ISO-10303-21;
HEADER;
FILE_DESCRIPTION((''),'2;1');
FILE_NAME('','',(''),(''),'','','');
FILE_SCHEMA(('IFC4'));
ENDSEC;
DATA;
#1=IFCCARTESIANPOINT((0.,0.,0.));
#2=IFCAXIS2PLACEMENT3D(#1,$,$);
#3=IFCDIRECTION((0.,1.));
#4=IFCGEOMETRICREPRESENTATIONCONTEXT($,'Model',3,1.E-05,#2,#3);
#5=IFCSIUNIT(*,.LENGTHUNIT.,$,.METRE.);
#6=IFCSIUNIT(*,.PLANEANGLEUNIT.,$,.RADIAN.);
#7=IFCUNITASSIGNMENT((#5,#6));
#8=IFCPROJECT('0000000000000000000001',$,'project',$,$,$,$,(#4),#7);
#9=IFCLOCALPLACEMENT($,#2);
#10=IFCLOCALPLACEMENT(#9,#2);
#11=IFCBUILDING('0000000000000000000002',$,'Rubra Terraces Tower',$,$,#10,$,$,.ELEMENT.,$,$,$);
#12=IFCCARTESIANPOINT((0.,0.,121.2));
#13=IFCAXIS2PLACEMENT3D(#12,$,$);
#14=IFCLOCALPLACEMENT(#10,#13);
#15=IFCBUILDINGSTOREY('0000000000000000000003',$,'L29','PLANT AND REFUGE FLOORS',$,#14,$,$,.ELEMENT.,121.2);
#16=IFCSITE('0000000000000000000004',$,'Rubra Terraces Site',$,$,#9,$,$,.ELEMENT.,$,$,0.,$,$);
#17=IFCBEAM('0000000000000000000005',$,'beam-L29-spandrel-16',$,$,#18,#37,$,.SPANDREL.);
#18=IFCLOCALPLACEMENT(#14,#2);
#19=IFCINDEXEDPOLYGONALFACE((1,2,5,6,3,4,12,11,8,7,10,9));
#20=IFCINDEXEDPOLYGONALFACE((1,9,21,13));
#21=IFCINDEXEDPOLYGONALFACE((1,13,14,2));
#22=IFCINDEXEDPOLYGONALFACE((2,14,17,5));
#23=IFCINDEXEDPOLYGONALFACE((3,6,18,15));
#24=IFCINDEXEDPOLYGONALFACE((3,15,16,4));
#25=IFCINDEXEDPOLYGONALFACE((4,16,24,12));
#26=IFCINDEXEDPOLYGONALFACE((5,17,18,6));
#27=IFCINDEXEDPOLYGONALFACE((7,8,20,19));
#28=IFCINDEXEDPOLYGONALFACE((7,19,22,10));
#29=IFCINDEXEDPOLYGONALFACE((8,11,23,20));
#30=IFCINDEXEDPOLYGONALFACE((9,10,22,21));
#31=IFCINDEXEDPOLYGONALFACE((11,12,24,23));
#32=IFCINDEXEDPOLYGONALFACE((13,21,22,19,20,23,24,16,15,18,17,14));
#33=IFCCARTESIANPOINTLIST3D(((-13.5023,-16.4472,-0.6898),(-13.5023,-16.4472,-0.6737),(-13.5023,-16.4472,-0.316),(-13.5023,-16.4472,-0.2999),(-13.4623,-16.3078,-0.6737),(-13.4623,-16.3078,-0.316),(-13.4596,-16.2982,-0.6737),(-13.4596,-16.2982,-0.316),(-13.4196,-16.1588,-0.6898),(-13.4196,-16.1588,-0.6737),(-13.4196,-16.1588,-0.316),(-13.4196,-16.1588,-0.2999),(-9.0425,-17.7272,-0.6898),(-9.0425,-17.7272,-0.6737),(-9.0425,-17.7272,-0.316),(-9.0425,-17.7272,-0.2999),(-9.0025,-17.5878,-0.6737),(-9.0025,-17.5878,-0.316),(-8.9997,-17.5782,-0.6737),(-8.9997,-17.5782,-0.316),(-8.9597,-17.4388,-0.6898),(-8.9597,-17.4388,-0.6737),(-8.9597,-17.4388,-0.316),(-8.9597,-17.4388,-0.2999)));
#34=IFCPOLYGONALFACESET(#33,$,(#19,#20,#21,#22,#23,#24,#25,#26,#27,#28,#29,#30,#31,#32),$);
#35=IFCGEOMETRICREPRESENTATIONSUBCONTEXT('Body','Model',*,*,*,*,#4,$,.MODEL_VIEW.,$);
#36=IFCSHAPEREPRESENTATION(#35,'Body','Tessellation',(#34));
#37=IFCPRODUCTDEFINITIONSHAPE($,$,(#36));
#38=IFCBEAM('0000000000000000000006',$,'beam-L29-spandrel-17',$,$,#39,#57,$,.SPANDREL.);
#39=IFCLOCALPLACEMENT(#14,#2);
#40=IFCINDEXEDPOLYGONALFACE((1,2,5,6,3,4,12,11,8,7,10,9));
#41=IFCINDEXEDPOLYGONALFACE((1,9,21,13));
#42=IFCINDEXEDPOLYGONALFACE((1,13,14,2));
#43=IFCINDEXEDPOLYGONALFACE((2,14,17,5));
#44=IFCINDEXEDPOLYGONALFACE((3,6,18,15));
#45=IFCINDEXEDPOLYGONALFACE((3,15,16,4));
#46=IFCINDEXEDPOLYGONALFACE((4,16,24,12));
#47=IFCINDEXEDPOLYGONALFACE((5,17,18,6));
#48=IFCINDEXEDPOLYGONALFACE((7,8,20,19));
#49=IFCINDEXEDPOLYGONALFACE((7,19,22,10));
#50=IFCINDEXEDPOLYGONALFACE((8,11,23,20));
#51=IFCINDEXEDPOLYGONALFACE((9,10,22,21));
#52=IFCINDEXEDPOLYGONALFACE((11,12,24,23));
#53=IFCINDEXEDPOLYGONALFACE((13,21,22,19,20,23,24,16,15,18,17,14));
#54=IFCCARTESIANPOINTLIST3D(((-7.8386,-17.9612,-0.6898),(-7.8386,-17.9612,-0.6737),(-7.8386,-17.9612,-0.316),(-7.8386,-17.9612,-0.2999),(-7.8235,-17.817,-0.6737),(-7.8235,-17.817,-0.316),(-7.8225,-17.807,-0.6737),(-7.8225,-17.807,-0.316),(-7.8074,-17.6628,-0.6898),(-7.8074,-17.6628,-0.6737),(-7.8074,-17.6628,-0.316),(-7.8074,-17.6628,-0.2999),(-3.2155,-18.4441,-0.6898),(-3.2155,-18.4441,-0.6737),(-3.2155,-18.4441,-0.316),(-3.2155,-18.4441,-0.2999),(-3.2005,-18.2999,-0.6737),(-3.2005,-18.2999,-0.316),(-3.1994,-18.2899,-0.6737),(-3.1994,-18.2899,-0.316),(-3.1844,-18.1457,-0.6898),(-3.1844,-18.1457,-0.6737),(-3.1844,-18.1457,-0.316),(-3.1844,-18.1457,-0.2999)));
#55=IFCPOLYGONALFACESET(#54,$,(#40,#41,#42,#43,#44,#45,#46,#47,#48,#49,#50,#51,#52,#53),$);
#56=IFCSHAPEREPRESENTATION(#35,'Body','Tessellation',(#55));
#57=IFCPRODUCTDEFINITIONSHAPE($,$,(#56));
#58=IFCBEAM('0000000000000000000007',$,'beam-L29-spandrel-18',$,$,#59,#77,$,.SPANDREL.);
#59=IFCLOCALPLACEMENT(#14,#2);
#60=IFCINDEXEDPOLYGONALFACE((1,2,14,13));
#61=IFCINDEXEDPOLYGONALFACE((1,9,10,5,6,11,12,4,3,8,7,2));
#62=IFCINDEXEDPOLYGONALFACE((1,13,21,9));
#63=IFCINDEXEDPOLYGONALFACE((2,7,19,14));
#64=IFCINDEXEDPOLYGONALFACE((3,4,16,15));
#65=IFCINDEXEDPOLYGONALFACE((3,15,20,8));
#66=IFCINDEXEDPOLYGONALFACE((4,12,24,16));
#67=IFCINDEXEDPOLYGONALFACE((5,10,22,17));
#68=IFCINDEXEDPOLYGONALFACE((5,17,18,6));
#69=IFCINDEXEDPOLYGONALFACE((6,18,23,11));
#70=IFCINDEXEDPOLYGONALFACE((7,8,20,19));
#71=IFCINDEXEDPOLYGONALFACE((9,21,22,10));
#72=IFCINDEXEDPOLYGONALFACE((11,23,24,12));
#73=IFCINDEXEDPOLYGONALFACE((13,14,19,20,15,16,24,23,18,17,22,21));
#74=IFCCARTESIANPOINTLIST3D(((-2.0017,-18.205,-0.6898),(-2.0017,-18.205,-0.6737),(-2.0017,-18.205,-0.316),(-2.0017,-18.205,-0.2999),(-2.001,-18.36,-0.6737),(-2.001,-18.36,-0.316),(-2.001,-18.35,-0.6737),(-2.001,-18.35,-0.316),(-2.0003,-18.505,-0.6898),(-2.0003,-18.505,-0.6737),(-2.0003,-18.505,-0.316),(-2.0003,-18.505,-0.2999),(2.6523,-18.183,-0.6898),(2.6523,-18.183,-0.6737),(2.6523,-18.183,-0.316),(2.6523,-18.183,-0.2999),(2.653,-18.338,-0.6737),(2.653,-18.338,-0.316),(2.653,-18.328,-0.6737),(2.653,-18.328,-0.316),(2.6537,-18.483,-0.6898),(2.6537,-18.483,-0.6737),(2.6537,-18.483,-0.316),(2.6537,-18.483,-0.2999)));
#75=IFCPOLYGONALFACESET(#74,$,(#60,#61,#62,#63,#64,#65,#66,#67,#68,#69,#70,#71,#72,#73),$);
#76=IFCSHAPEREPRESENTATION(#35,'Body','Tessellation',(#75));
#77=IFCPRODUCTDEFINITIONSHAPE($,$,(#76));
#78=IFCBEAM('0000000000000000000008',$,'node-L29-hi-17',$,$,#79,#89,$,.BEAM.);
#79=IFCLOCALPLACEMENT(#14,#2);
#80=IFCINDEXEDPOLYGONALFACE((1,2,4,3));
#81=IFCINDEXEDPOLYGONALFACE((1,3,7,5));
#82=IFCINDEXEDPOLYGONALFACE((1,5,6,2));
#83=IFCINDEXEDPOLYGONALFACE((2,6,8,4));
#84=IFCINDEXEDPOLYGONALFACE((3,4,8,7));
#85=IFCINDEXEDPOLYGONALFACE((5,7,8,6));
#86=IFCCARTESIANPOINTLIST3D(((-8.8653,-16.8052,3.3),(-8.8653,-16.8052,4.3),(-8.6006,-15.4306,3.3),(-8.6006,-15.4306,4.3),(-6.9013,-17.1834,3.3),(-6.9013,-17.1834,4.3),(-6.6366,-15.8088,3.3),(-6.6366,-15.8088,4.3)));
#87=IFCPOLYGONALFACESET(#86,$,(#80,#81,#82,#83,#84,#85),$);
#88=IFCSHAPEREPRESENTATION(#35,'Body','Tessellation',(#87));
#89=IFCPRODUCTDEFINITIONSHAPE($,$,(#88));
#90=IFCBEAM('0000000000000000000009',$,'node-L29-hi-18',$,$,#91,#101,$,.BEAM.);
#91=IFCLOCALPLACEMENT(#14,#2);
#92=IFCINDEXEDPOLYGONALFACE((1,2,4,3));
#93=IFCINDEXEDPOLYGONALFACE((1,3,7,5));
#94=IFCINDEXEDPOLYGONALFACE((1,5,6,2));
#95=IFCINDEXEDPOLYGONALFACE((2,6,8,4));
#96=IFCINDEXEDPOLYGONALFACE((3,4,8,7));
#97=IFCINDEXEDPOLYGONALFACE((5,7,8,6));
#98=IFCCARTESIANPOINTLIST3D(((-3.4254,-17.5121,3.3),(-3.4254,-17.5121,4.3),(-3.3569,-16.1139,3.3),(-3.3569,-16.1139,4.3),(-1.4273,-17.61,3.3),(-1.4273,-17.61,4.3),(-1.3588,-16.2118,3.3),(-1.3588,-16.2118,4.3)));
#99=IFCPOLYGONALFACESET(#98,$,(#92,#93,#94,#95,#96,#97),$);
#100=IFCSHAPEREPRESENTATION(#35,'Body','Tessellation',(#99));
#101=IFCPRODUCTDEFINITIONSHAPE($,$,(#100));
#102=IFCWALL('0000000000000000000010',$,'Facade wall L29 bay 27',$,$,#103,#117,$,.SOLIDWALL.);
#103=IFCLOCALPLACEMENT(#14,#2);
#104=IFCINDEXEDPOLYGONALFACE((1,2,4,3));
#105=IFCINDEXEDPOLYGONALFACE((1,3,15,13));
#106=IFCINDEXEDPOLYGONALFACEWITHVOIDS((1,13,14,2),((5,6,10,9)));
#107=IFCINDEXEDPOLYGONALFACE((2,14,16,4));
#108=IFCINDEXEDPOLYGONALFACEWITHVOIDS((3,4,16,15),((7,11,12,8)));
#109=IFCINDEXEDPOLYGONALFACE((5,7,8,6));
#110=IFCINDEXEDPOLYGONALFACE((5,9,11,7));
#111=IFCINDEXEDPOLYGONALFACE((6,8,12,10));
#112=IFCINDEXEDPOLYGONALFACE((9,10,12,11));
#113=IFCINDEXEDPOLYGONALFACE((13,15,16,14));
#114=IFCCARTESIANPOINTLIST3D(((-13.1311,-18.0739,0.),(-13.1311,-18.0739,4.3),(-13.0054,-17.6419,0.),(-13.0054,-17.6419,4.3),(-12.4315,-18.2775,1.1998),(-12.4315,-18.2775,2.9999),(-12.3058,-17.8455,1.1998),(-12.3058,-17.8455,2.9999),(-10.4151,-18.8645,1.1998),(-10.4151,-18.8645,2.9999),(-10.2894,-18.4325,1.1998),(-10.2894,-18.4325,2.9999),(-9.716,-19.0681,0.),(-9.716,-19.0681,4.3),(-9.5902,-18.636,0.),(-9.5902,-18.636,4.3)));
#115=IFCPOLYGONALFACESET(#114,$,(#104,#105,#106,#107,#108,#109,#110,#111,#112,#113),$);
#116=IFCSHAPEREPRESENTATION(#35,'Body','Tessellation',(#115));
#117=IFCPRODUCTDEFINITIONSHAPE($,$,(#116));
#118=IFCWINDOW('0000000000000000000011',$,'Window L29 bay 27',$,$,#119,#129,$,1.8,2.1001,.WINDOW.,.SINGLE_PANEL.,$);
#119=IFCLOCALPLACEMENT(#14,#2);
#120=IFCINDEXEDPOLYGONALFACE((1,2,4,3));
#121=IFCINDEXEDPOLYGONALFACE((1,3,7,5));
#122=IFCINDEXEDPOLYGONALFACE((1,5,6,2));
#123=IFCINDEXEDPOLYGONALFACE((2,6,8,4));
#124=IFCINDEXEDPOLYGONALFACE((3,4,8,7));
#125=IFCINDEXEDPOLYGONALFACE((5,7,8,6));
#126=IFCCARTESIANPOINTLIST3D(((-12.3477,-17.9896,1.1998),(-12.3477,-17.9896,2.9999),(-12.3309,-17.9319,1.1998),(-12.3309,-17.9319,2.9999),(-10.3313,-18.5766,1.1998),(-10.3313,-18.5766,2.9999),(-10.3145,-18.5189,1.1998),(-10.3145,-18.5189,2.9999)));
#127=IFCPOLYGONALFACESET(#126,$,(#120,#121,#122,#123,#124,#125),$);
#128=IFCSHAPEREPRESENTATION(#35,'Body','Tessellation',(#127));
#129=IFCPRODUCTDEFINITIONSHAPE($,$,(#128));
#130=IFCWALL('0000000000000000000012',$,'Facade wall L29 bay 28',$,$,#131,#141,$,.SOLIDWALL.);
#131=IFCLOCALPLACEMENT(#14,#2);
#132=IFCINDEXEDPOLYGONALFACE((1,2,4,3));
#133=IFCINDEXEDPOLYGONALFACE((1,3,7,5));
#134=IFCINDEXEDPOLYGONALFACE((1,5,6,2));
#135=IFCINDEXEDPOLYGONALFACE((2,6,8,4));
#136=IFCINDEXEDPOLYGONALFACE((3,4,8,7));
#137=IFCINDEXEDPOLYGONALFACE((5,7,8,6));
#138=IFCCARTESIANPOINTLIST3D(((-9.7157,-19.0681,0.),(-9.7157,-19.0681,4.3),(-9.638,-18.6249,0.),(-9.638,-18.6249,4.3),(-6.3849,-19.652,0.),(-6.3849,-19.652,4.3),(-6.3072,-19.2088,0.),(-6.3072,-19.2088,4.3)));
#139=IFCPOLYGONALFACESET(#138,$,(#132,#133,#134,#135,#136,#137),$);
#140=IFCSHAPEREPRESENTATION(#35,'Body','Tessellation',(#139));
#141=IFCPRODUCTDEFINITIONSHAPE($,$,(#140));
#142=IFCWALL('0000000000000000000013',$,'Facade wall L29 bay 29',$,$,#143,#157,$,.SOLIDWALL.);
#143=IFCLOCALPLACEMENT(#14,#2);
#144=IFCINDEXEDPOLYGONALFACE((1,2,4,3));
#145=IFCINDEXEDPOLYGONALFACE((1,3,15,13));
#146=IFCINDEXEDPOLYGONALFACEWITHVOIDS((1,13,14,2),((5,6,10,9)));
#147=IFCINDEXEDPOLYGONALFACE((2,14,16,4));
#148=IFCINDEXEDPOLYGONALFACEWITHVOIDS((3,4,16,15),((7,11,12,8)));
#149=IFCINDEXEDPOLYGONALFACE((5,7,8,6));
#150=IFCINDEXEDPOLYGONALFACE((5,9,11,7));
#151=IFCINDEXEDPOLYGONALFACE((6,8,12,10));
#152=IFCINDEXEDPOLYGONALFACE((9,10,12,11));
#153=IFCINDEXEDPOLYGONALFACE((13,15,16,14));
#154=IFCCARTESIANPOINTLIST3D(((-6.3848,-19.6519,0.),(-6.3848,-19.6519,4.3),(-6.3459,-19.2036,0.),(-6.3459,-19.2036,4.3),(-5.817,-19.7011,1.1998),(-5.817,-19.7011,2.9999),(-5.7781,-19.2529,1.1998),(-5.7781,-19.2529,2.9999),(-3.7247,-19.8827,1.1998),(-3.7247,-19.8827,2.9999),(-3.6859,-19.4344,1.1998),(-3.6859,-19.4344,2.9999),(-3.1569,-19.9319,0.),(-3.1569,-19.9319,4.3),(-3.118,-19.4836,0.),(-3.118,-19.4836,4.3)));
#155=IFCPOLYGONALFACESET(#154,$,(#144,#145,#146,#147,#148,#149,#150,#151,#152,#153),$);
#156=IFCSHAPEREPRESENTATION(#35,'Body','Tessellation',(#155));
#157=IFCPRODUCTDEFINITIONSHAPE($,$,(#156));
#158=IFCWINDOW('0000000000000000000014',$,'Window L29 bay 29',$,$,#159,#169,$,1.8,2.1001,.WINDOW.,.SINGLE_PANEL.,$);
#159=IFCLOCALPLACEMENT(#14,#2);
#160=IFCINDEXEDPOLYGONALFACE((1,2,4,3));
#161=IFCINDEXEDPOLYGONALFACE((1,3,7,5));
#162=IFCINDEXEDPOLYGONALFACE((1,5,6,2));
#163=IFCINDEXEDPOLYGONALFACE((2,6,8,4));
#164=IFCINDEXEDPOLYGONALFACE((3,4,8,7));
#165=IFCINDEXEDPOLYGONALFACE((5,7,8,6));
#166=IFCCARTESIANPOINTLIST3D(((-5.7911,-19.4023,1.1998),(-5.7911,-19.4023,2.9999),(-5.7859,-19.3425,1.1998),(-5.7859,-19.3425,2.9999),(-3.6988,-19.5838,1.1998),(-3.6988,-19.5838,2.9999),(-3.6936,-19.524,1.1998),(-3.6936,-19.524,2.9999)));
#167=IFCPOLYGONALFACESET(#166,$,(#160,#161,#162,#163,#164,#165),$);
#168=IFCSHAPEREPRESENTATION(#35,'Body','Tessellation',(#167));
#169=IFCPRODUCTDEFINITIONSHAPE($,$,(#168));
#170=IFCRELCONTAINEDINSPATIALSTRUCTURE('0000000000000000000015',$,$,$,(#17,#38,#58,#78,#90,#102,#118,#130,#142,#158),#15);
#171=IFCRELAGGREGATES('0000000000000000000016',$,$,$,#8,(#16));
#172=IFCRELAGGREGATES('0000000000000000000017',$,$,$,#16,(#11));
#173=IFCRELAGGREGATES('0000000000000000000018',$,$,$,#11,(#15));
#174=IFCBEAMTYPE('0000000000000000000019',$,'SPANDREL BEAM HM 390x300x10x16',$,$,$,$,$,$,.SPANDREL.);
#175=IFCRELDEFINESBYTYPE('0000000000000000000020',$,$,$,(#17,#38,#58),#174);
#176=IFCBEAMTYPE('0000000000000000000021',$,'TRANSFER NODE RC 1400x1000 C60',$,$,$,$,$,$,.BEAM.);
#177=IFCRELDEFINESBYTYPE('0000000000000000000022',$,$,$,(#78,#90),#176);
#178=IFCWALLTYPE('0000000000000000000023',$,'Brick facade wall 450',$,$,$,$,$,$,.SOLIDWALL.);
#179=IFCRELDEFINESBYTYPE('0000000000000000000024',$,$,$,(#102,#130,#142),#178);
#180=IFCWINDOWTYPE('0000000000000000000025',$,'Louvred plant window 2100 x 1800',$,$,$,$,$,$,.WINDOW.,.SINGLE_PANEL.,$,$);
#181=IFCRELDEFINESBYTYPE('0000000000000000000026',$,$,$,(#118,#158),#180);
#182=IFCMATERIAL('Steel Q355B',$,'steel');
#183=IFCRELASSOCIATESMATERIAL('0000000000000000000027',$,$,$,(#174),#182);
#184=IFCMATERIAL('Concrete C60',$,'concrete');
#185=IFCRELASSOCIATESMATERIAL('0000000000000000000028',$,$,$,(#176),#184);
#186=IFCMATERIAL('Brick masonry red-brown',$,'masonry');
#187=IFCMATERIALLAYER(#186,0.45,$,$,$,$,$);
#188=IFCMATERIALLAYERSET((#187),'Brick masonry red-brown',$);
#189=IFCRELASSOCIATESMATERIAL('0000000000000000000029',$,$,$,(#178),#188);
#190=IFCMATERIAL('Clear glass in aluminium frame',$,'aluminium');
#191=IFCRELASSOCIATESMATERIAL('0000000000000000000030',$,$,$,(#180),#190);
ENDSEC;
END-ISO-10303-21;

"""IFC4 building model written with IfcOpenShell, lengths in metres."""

from ifc_helpers import new_model, si_unit, direction, frame, frame_2d, origin, origin_2d, place, context, subcontext, project, spatial, rectangle, i_section, extrude, material, layer, layer_set, material_profile, profile_set, type_object, element, fill, save


model = new_model("IFC4")

# Units and contexts
model_context = context("Model", 3, precision=1e-05, world=origin(), true_north=direction((0.0, 1.0)))
body_context = subcontext(model_context, "Body", "Model", "MODEL_VIEW")
ifc_project = project(units=[si_unit("LENGTHUNIT", "METRE"), si_unit("PLANEANGLEUNIT", "RADIAN")], contexts=[model_context])

# Site, building, storey
site_placement = place(None, origin())
site = spatial("IfcSite", under=ifc_project, at=site_placement, Name="Rubra Terraces Site", CompositionType="ELEMENT", RefElevation=0.0)
building_placement = place(site_placement, origin())
building = spatial("IfcBuilding", under=site, at=building_placement, Name="Rubra Terraces Tower", CompositionType="ELEMENT")
storey_placement = place(building_placement, frame((0.0, 0.0, 121.2)))
storey = spatial("IfcBuildingStorey", under=building, at=storey_placement, Name="L29", Description="PLANT AND REFUGE FLOORS", CompositionType="ELEMENT", Elevation=121.2)

# Shared definitions
ifc_material_1 = material(Name="Concrete C60", Category="concrete")

# Shared definitions
ifc_material_2 = material(Name="Steel Q355B", Category="steel")

# Beams
ifc_material_profile_1 = material_profile(ifc_material_2, i_section(OverallWidth=0.3, OverallDepth=0.3899, WebThickness=0.01, FlangeThickness=0.0161, at=origin_2d()), Name="HM 390x300x10x16")
ifc_profile_set_1 = profile_set([ifc_material_profile_1], Name="Steel Q355B")
beam_type_1 = type_object("IfcBeamType", Name="SPANDREL BEAM HM 390x300x10x16", PredefinedType="SPANDREL", material=ifc_profile_set_1)
beam_1_placement = place(storey_placement, frame((-13.4609, -16.303, -0.4949), z_axis=(0.961196, -0.275868, 0.0), x_axis=(0.275868, 0.961196, 0.0)))
element("IfcBeam", 1, at=beam_1_placement, inside=storey, type_object=beam_type_1, Name="beam-L29-spandrel-16", PredefinedType="SPANDREL", context=body_context, shape_type="SweptSolid", body=[
    extrude(i_section(OverallWidth=0.3, OverallDepth=0.3899, WebThickness=0.01, FlangeThickness=0.0161, at=origin_2d()), origin(), (0.0, 0.0, 1.0), 4.6399),
])
beam_2_placement = place(storey_placement, frame((-7.823, -17.812, -0.4949), z_axis=(0.994589, -0.103892, 0.0), x_axis=(0.103892, 0.994589, 0.0)))
element("IfcBeam", 2, at=beam_2_placement, inside=storey, type_object=beam_type_1, Name="beam-L29-spandrel-17", PredefinedType="SPANDREL", context=body_context, shape_type="SweptSolid", body=[
    extrude(i_section(OverallWidth=0.3, OverallDepth=0.3899, WebThickness=0.01, FlangeThickness=0.0161, at=origin_2d()), origin(), (0.0, 0.0, 1.0), 4.6482),
])
beam_3_placement = place(storey_placement, frame((-2.001, -18.355, -0.4949), z_axis=(0.999989, 0.004721, 0.0), x_axis=(-0.004721, 0.999989, 0.0)))
element("IfcBeam", 3, at=beam_3_placement, inside=storey, type_object=beam_type_1, Name="beam-L29-spandrel-18", PredefinedType="SPANDREL", context=body_context, shape_type="SweptSolid", body=[
    extrude(i_section(OverallWidth=0.3, OverallDepth=0.3899, WebThickness=0.01, FlangeThickness=0.0161, at=origin_2d()), origin(), (0.0, 0.0, 1.0), 4.6541),
])
ifc_material_profile_2 = material_profile(ifc_material_1, rectangle(XDim=1.3999, YDim=1.0, at=origin_2d()), Name="RC 1400x1000")
ifc_profile_set_2 = profile_set([ifc_material_profile_2], Name="Concrete C60")
beam_type_2 = type_object("IfcBeamType", Name="TRANSFER NODE RC 1400x1000 C60", PredefinedType="BEAM", material=ifc_profile_set_2)
beam_4_placement = place(storey_placement, frame((-8.7329, -16.1179, 3.8), z_axis=(0.981959, -0.189092, 0.0), x_axis=(0.189092, 0.981959, 0.0)))
element("IfcBeam", 4, at=beam_4_placement, inside=storey, type_object=beam_type_2, Name="node-L29-hi-17", PredefinedType="BEAM", context=body_context, shape_type="SweptSolid", body=[
    extrude(rectangle(XDim=1.3999, YDim=1.0, at=origin_2d()), origin(), (0.0, 0.0, 1.0), 2.0),
])
beam_5_placement = place(storey_placement, frame((-3.3911, -16.813, 3.8), z_axis=(0.998802, -0.048939, 0.0), x_axis=(0.048939, 0.998802, 0.0)))
element("IfcBeam", 5, at=beam_5_placement, inside=storey, type_object=beam_type_2, Name="node-L29-hi-18", PredefinedType="BEAM", context=body_context, shape_type="SweptSolid", body=[
    extrude(rectangle(XDim=1.3999, YDim=1.0, at=origin_2d()), origin(), (0.0, 0.0, 1.0), 2.0005),
])

# Wall, opening, window
ifc_material_3 = material(Name="Brick masonry red-brown", Category="masonry")
ifc_layer_1 = layer(ifc_material_3, 0.45)
ifc_layer_set_1 = layer_set([ifc_layer_1], Name="Brick masonry red-brown")
wall_type_1 = type_object("IfcWallType", Name="Brick facade wall 450", PredefinedType="SOLIDWALL", material=ifc_layer_set_1)
wall_1_placement = place(storey_placement, frame((-13.0681, -17.8579, 0.0), z_axis=(0.0, 0.0, 1.0), x_axis=(0.960144, -0.279504, 0.0)))
wall_1 = element("IfcWall", 6, at=wall_1_placement, inside=storey, type_object=wall_type_1, Name="Facade wall L29 bay 27", PredefinedType="SOLIDWALL", context=body_context, shape_type="SweptSolid", body=[
    extrude(rectangle(XDim=3.5569, YDim=0.45, at=frame_2d((1.7783, 0.0))), origin(), (0.0, 0.0, 1.0), 4.3),
])
opening_1_placement = place(wall_1_placement, frame((0.7285, 0.0, 1.2)))
opening_1 = element("IfcOpeningElement", 7, at=opening_1_placement, cuts=wall_1, PredefinedType="OPENING", context=body_context, shape_type="SweptSolid", body=[
    extrude(rectangle(XDim=2.1001, YDim=1.8, at=frame_2d((1.05, 0.8999))), frame((0.0, 0.2349, 0.0), z_axis=(0.0, -1.0, 0.0), x_axis=(1.0, 0.0, 0.0)), (0.0, 0.0, 1.0), 0.47),
])
ifc_material_4 = material(Name="Clear glass in aluminium frame", Category="aluminium")
window_type = type_object("IfcWindowType", Name="Louvred plant window 2100 x 1800", PartitioningType="SINGLE_PANEL", PredefinedType="WINDOW", material=ifc_material_4)
window_1_placement = place(opening_1_placement, origin())
window_1 = element("IfcWindow", 8, at=window_1_placement, inside=storey, type_object=window_type, Name="Window L29 bay 27", OverallHeight=1.8, OverallWidth=2.1001, PartitioningType="SINGLE_PANEL", PredefinedType="WINDOW", context=body_context, shape_type="SweptSolid", body=[
    extrude(rectangle(XDim=2.1001, YDim=1.8, at=frame_2d((1.05, 0.8999))), frame((0.0, 0.135, 0.0), z_axis=(0.0, -1.0, 0.0), x_axis=(1.0, 0.0, 0.0)), (0.0, 0.0, 1.0), 0.0601),
])
fill(opening_1, window_1)

# Wall
wall_2_placement = place(storey_placement, frame((-9.677, -18.8464, 0.0), z_axis=(0.0, 0.0, 1.0), x_axis=(0.984976, -0.172694, 0.0)))
element("IfcWall", 9, at=wall_2_placement, inside=storey, type_object=wall_type_1, Name="Facade wall L29 bay 28", PredefinedType="SOLIDWALL", context=body_context, shape_type="SweptSolid", body=[
    extrude(rectangle(XDim=3.3816, YDim=0.45, at=frame_2d((1.6909, 0.0))), origin(), (0.0, 0.0, 1.0), 4.3),
])

# Wall, opening, window
wall_3_placement = place(storey_placement, frame((-6.3655, -19.4277, 0.0), z_axis=(0.0, 0.0, 1.0), x_axis=(0.996258, -0.086431, 0.0)))
wall_3 = element("IfcWall", 10, at=wall_3_placement, inside=storey, type_object=wall_type_1, Name="Facade wall L29 bay 29", PredefinedType="SOLIDWALL", context=body_context, shape_type="SweptSolid", body=[
    extrude(rectangle(XDim=3.24, YDim=0.45, at=frame_2d((1.6201, 0.0))), origin(), (0.0, 0.0, 1.0), 4.3),
])
opening_2_placement = place(wall_3_placement, frame((0.5701, 0.0, 1.2)))
opening_2 = element("IfcOpeningElement", 11, at=opening_2_placement, cuts=wall_3, PredefinedType="OPENING", context=body_context, shape_type="SweptSolid", body=[
    extrude(rectangle(XDim=2.1001, YDim=1.8, at=frame_2d((1.05, 0.8999))), frame((0.0, 0.2349, 0.0), z_axis=(0.0, -1.0, 0.0), x_axis=(1.0, 0.0, 0.0)), (0.0, 0.0, 1.0), 0.47),
])
window_2_placement = place(opening_2_placement, origin())
window_2 = element("IfcWindow", 12, at=window_2_placement, inside=storey, type_object=window_type, Name="Window L29 bay 29", OverallHeight=1.8, OverallWidth=2.1001, PartitioningType="SINGLE_PANEL", PredefinedType="WINDOW", context=body_context, shape_type="SweptSolid", body=[
    extrude(rectangle(XDim=2.1001, YDim=1.8, at=frame_2d((1.05, 0.8999))), frame((0.0, 0.135, 0.0), z_axis=(0.0, -1.0, 0.0), x_axis=(1.0, 0.0, 0.0)), (0.0, 0.0, 1.0), 0.0601),
])
fill(opening_2, window_2)

save(model, "model.ifc")
